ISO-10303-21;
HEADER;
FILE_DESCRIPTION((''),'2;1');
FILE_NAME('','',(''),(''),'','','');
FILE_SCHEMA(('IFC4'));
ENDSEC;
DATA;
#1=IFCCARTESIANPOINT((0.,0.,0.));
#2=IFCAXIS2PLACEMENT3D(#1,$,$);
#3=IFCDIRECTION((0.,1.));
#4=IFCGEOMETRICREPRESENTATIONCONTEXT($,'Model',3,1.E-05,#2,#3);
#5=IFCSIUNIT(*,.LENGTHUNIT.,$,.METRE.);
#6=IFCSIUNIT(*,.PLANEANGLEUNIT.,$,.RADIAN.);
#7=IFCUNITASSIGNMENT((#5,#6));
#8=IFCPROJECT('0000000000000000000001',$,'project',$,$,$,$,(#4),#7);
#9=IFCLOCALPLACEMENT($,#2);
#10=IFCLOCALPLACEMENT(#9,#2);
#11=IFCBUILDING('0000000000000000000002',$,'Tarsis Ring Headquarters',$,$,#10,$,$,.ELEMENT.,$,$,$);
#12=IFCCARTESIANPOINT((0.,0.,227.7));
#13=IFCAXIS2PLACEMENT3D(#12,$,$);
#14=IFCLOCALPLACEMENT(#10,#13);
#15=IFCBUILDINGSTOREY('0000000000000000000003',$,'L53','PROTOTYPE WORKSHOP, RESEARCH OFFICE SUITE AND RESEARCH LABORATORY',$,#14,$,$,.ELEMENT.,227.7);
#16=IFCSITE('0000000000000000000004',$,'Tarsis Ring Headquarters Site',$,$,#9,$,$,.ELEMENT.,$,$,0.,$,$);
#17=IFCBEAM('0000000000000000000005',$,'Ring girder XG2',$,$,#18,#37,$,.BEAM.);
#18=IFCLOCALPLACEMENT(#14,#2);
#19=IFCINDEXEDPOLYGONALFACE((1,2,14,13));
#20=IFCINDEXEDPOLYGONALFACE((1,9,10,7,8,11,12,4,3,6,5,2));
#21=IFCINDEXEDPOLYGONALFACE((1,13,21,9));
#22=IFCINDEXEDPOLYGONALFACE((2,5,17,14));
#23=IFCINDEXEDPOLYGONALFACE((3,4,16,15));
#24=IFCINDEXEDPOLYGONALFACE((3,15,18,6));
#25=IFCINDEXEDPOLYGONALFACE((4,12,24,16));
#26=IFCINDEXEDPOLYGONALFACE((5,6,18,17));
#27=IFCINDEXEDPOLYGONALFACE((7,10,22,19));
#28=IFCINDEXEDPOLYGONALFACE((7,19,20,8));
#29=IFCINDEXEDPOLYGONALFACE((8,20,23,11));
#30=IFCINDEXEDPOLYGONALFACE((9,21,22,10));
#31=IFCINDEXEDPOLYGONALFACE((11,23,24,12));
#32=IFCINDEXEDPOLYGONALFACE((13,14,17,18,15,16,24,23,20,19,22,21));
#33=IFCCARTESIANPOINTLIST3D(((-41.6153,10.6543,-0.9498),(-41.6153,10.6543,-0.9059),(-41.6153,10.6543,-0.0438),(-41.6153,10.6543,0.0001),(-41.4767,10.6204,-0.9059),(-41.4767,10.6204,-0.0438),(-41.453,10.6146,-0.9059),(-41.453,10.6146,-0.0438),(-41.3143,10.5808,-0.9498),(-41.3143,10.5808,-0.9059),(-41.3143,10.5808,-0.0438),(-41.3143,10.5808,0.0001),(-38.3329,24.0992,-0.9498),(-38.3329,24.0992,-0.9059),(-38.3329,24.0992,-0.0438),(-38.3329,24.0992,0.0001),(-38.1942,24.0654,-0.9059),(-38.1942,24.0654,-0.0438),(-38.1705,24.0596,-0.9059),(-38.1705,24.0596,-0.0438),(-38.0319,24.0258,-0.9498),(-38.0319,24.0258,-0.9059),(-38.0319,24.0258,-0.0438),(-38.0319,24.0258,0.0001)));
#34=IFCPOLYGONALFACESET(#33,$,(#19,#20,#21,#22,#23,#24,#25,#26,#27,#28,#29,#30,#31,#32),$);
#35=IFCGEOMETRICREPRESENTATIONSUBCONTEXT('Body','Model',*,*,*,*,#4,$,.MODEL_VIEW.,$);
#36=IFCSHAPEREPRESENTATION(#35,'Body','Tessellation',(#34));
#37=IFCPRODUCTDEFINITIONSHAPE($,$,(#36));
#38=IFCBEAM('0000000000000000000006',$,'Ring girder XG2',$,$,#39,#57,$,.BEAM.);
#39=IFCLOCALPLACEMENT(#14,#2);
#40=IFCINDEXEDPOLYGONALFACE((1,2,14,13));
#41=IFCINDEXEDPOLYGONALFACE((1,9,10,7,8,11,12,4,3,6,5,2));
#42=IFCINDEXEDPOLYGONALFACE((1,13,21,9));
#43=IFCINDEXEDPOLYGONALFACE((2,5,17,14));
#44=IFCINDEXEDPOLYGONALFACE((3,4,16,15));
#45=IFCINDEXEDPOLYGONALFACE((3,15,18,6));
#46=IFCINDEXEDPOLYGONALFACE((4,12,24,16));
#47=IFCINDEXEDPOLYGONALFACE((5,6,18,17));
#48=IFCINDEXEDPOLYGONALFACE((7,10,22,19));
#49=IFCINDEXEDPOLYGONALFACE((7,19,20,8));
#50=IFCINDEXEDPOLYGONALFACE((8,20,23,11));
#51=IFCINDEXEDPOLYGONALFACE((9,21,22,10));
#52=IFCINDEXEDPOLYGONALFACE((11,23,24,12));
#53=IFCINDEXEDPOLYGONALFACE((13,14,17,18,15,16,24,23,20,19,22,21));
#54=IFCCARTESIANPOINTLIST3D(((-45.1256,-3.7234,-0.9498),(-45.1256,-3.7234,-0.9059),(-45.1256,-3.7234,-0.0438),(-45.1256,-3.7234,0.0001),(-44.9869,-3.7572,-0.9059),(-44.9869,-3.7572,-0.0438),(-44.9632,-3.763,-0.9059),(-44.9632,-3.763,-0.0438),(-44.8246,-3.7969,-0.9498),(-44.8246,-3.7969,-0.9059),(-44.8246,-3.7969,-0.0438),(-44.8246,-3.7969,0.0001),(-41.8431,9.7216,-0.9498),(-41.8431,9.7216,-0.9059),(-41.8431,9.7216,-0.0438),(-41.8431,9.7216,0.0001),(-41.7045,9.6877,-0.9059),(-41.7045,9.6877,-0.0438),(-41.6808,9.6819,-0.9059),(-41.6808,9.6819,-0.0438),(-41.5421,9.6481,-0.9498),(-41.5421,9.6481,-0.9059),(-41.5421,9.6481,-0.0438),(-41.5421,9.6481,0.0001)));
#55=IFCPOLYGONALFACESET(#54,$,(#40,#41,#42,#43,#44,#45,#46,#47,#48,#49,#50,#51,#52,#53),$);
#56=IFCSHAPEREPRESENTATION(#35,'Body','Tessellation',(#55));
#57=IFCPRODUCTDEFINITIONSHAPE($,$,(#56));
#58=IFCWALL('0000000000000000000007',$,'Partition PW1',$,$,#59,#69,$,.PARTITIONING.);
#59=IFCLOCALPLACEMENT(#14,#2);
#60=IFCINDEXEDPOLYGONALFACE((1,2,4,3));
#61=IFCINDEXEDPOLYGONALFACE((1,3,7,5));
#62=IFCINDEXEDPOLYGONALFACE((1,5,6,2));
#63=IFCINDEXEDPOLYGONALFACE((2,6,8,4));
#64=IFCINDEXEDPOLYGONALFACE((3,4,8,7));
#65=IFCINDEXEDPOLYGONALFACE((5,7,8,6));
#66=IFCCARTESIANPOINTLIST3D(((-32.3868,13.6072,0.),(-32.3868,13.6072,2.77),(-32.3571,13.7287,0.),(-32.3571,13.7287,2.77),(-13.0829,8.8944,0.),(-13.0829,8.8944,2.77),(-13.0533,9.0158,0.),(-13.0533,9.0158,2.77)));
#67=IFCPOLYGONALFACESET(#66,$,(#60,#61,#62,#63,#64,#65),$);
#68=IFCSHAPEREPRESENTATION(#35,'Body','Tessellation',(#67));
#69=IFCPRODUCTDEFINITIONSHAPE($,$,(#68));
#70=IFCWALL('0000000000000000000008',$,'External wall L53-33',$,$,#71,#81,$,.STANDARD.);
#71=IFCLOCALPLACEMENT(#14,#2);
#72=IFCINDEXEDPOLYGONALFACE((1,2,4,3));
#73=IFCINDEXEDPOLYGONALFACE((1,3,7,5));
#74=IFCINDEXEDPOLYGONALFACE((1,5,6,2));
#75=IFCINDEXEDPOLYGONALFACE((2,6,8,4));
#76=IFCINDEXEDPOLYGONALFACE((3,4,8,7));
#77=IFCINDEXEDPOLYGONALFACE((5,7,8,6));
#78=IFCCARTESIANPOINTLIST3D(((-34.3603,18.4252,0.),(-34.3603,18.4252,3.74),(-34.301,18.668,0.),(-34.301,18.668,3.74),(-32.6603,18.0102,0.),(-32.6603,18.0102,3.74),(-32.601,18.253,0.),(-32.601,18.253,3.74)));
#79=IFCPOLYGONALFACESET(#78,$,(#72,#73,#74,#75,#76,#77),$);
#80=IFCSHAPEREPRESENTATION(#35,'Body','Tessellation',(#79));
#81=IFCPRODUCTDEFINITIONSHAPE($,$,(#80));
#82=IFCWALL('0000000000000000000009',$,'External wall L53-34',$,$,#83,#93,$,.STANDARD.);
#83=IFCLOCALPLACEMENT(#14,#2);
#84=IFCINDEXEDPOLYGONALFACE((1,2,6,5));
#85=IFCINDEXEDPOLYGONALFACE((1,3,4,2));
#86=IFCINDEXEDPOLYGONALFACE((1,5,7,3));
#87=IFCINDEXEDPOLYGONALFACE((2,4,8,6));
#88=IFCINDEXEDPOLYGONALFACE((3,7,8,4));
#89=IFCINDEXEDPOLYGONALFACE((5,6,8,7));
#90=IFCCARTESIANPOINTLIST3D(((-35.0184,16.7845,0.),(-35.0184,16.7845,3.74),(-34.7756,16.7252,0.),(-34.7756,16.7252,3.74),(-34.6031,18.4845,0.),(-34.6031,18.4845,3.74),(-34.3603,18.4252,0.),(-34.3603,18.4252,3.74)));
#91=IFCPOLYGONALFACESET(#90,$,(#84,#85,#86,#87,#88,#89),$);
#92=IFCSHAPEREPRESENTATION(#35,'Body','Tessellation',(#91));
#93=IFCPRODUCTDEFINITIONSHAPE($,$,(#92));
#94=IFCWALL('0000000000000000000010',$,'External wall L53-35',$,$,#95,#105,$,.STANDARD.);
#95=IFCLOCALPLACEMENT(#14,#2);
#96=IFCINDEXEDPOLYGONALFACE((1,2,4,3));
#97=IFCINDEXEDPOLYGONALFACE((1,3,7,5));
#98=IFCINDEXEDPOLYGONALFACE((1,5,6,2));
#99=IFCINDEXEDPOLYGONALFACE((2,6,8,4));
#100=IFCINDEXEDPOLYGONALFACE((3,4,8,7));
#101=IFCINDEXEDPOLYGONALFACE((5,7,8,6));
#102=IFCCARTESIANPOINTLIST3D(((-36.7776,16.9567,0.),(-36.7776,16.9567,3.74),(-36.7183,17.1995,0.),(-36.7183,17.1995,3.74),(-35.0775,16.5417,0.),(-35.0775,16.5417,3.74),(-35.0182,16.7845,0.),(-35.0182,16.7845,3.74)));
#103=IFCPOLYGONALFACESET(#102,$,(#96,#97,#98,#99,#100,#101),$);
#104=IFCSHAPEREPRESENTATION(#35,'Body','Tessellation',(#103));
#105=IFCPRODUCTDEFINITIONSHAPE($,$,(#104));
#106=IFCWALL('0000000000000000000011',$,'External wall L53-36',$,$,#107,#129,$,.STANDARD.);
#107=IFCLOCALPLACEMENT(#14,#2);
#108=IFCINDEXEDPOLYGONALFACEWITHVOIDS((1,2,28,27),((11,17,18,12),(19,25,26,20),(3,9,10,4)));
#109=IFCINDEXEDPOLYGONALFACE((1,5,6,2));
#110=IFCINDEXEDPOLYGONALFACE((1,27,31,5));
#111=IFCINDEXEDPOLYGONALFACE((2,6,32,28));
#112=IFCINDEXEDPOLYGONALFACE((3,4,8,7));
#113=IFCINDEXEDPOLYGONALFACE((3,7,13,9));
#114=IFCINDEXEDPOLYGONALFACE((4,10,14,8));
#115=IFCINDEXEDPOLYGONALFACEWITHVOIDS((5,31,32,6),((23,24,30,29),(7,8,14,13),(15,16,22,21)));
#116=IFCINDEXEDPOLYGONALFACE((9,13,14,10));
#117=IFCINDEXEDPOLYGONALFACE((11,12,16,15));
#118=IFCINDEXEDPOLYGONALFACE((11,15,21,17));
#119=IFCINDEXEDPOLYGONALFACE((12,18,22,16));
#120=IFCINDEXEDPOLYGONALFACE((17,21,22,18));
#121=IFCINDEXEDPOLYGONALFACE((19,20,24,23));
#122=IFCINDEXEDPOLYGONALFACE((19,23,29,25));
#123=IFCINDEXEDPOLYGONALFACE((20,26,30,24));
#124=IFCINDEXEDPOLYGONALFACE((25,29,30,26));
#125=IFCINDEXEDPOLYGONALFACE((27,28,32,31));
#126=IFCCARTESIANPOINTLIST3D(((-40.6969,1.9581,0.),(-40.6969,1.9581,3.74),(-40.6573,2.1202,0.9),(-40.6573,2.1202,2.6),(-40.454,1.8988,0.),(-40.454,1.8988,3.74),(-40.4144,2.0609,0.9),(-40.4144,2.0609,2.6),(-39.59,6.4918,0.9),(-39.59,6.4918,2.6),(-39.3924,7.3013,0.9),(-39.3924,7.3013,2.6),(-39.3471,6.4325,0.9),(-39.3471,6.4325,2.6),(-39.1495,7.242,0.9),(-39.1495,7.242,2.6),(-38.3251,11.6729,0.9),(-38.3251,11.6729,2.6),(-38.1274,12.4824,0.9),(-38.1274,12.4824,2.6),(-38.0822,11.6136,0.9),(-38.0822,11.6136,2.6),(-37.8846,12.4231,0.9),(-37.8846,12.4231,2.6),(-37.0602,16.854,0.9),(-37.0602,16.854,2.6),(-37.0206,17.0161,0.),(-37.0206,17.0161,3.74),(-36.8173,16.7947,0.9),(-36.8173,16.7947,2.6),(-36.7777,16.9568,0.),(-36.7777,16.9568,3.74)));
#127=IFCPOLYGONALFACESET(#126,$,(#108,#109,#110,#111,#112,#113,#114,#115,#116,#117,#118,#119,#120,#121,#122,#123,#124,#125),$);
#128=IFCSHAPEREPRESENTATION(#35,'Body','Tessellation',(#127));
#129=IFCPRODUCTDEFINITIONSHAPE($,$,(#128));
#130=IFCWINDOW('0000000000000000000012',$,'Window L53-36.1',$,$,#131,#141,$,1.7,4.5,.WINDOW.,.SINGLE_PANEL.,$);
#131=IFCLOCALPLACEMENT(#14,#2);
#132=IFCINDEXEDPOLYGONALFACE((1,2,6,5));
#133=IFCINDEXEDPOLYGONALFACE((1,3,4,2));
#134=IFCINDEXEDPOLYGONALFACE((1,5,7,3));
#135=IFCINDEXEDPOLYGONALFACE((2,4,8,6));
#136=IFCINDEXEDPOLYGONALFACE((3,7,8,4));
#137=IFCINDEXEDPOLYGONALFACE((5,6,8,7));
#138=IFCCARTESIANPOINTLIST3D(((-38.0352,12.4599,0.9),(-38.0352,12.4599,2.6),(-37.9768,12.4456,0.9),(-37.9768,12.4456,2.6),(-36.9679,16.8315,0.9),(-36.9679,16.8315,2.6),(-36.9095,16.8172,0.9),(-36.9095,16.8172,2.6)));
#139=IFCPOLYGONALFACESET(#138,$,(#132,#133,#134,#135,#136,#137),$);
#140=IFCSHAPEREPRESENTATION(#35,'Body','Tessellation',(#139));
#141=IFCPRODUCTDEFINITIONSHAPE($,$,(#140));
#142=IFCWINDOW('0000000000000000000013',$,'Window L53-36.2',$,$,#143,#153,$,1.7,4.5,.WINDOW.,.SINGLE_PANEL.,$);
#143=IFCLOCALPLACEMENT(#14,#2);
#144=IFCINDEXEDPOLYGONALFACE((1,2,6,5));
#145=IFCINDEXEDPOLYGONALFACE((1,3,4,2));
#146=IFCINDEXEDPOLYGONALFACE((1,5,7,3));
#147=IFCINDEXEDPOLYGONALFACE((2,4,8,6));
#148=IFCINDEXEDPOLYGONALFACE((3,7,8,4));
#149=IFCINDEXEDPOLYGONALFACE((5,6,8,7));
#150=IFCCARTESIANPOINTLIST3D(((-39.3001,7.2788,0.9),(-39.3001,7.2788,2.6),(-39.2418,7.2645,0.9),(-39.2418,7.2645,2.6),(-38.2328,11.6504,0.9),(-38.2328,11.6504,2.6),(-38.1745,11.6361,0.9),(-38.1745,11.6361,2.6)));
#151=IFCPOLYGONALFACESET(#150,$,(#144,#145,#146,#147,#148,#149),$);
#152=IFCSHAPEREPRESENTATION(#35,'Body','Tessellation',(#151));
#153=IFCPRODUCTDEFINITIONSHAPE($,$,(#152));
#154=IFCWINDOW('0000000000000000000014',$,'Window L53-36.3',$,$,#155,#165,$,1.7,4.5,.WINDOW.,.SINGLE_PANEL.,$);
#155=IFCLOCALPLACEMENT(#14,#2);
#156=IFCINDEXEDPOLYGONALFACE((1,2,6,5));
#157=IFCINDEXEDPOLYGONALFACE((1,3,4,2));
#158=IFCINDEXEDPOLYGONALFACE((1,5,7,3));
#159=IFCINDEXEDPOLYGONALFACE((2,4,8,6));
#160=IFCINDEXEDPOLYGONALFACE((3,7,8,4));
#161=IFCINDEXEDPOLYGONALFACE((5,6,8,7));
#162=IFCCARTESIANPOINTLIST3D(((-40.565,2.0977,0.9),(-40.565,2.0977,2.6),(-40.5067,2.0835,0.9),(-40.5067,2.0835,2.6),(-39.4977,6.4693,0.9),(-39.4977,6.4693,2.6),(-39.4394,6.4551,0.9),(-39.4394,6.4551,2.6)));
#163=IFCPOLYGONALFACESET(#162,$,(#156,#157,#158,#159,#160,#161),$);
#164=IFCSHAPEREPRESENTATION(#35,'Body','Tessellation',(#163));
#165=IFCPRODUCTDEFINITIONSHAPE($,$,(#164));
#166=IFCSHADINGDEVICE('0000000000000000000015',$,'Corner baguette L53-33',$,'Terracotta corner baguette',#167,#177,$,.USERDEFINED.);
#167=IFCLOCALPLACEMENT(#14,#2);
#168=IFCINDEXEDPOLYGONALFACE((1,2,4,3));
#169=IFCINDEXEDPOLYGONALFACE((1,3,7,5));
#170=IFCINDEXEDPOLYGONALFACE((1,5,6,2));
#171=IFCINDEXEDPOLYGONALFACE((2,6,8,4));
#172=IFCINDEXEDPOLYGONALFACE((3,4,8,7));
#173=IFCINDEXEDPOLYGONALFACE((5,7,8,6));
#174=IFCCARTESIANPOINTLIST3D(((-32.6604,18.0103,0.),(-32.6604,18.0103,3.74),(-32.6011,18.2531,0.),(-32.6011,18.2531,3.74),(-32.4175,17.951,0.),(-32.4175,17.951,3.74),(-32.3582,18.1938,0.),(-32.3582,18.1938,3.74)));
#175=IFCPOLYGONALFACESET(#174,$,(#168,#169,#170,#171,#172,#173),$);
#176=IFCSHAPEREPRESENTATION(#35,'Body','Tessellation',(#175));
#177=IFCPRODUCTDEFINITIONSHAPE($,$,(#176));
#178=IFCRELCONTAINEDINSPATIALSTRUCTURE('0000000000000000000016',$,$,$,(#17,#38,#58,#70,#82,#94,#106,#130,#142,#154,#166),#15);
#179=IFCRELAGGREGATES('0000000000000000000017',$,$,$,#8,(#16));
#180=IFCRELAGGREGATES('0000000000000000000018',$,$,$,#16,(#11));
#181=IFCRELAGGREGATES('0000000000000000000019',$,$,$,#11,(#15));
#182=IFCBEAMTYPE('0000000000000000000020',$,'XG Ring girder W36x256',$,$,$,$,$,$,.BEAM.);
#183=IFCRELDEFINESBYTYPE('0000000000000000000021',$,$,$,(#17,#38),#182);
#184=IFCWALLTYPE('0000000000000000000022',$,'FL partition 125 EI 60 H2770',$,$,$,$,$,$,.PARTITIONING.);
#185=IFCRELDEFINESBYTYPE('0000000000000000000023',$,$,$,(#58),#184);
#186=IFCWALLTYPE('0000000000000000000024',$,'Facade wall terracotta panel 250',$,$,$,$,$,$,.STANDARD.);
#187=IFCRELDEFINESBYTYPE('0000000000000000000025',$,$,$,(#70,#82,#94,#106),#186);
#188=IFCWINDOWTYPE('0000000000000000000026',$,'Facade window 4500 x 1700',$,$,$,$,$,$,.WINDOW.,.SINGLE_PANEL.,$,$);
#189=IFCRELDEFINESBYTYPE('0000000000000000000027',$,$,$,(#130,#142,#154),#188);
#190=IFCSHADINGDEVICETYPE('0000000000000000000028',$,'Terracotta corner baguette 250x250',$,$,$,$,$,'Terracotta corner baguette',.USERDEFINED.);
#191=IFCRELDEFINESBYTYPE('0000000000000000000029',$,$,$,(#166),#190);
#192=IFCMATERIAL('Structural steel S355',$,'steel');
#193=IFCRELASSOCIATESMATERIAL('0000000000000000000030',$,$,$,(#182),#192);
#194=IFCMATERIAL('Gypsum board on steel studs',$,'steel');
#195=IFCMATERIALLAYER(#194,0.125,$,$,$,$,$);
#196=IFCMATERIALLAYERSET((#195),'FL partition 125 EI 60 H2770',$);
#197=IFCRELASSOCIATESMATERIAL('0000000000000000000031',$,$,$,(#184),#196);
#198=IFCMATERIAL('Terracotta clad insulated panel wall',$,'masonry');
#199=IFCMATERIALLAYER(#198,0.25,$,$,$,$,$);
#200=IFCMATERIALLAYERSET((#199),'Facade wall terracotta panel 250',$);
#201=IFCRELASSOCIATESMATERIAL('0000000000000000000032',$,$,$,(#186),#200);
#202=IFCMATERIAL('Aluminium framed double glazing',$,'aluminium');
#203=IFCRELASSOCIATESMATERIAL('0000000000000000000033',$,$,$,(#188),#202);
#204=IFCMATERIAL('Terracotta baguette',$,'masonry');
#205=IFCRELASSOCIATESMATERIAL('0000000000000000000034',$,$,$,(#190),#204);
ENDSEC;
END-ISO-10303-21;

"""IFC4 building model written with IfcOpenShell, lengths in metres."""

from ifc_helpers import new_model, si_unit, direction, frame, frame_2d, origin, origin_2d, place, context, subcontext, project, spatial, rectangle, i_section, extrude, material, layer, layer_set, material_profile, profile_set, type_object, element, fill, save


model = new_model("IFC4")

# Units and contexts
model_context = context("Model", 3, precision=1e-05, world=origin(), true_north=direction((0.0, 1.0)))
body_context = subcontext(model_context, "Body", "Model", "MODEL_VIEW")
ifc_project = project(units=[si_unit("LENGTHUNIT", "METRE"), si_unit("PLANEANGLEUNIT", "RADIAN")], contexts=[model_context])

# Site, building, storey
site_placement = place(None, origin())
site = spatial("IfcSite", under=ifc_project, at=site_placement, Name="Tarsis Ring Headquarters Site", CompositionType="ELEMENT", RefElevation=0.0)
building_placement = place(site_placement, origin())
building = spatial("IfcBuilding", under=site, at=building_placement, Name="Tarsis Ring Headquarters", CompositionType="ELEMENT")
storey_placement = place(building_placement, frame((0.0, 0.0, 227.7)))
storey = spatial("IfcBuildingStorey", under=building, at=storey_placement, Name="L53", Description="PROTOTYPE WORKSHOP, RESEARCH OFFICE SUITE AND RESEARCH LABORATORY", CompositionType="ELEMENT", Elevation=227.7)

# Shared definitions
ifc_material_1 = material(Name="Structural steel S355", Category="steel")

# Beams
ifc_material_profile_1 = material_profile(ifc_material_1, i_section(OverallWidth=0.3098, OverallDepth=0.95, WebThickness=0.0244, FlangeThickness=0.0439, at=origin_2d()), Name="W36x256")
ifc_profile_set_1 = profile_set([ifc_material_profile_1], Name="Structural steel S355")
beam_type_1 = type_object("IfcBeamType", Name="XG Ring girder W36x256", PredefinedType="BEAM", material=ifc_profile_set_1)
for number, where, z_axis, x_axis, name in (
    (1, (-38.1824, 24.0625, -0.4749), (-0.237173, -0.971467, 0.0), (0.971467, -0.237173, 0.0), "Ring girder XG2"),
    (2, (-41.6926, 9.6848, -0.4749), (-0.237173, -0.971467, 0.0), (0.971467, -0.237173, 0.0), "Ring girder XG2"),
):
    element("IfcBeam", number, at=place(storey_placement, frame(where, z_axis=z_axis, x_axis=x_axis)), inside=storey, type_object=beam_type_1, Name=name, PredefinedType="BEAM", context=body_context, shape_type="SweptSolid", body=[
        extrude(i_section(OverallWidth=0.3098, OverallDepth=0.95, WebThickness=0.0244, FlangeThickness=0.0439, at=origin_2d()), origin(), (0.0, 0.0, 1.0), 13.8398),
    ])

# Walls
ifc_material_2 = material(Name="Gypsum board on steel studs", Category="steel")
ifc_layer_1 = layer(ifc_material_2, 0.125)
ifc_layer_set_1 = layer_set([ifc_layer_1], Name="FL partition 125 EI 60 H2770")
wall_type_1 = type_object("IfcWallType", Name="FL partition 125 EI 60 H2770", PredefinedType="PARTITIONING", material=ifc_layer_set_1)
wall_1_placement = place(storey_placement, frame((-32.3721, 13.668, 0.0), z_axis=(0.0, 0.0, 1.0), x_axis=(0.971467, -0.237175, 0.0)))
element("IfcWall", 3, at=wall_1_placement, inside=storey, type_object=wall_type_1, Name="Partition PW1", PredefinedType="PARTITIONING", context=body_context, shape_type="SweptSolid", body=[
    extrude(rectangle(XDim=19.8708, YDim=0.125, at=frame_2d((9.9355, 0.0))), origin(), (0.0, 0.0, 1.0), 2.77),
])
ifc_material_3 = material(Name="Terracotta clad insulated panel wall", Category="masonry")
ifc_layer_2 = layer(ifc_material_3, 0.25)
ifc_layer_set_2 = layer_set([ifc_layer_2], Name="Facade wall terracotta panel 250")
wall_type_2 = type_object("IfcWallType", Name="Facade wall terracotta panel 250", PredefinedType="STANDARD", material=ifc_layer_set_2)
for number, where, z_axis, x_axis, name in (
    (4, (-32.6306, 18.1316, 0.0), (0.0, 0.0, 1.0), (-0.971473, 0.237149, 0.0), "External wall L53-33"),
    (5, (-34.4817, 18.4548, 0.0), (0.0, 0.0, 1.0), (-0.237313, -0.971433, 0.0), "External wall L53-34"),
    (6, (-35.0479, 16.6631, 0.0), (0.0, 0.0, 1.0), (-0.971473, 0.237149, 0.0), "External wall L53-35"),
):
    element("IfcWall", number, at=place(storey_placement, frame(where, z_axis=z_axis, x_axis=x_axis)), inside=storey, type_object=wall_type_2, Name=name, PredefinedType="STANDARD", context=body_context, shape_type="SweptSolid", body=[
        extrude(rectangle(XDim=1.75, YDim=0.25, at=frame_2d((0.875, 0.0))), origin(), (0.0, 0.0, 1.0), 3.74),
    ])

# Wall, openings, windows
wall_2_placement = place(storey_placement, frame((-36.8992, 16.9863, 0.0), z_axis=(0.0, 0.0, 1.0), x_axis=(-0.237177, -0.971467, 0.0)))
wall_2 = element("IfcWall", 7, at=wall_2_placement, inside=storey, type_object=wall_type_2, Name="External wall L53-36", PredefinedType="STANDARD", context=body_context, shape_type="SweptSolid", body=[
    extrude(rectangle(XDim=15.5002, YDim=0.25, at=frame_2d((7.75, 0.0))), origin(), (0.0, 0.0, 1.0), 3.74),
])
opening_1_placement = place(wall_2_placement, frame((0.1667, 0.0, 0.8999)))
opening_1 = element("IfcOpeningElement", 8, at=opening_1_placement, cuts=wall_2, PredefinedType="OPENING", context=body_context, shape_type="SweptSolid", body=[
    extrude(rectangle(XDim=4.5, YDim=1.7, at=frame_2d((2.25, 0.8501))), frame((0.0, 0.135, 0.0), z_axis=(0.0, -1.0, 0.0), x_axis=(1.0, 0.0, 0.0)), (0.0, 0.0, 1.0), 0.27),
])
opening_2_placement = place(wall_2_placement, frame((5.5, 0.0, 0.8999)))
opening_2 = element("IfcOpeningElement", 9, at=opening_2_placement, cuts=wall_2, PredefinedType="OPENING", context=body_context, shape_type="SweptSolid", body=[
    extrude(rectangle(XDim=4.5, YDim=1.7, at=frame_2d((2.25, 0.8501))), frame((0.0, 0.135, 0.0), z_axis=(0.0, -1.0, 0.0), x_axis=(1.0, 0.0, 0.0)), (0.0, 0.0, 1.0), 0.27),
])
opening_3_placement = place(wall_2_placement, frame((10.8333, 0.0, 0.8999)))
opening_3 = element("IfcOpeningElement", 10, at=opening_3_placement, cuts=wall_2, PredefinedType="OPENING", context=body_context, shape_type="SweptSolid", body=[
    extrude(rectangle(XDim=4.5, YDim=1.7, at=frame_2d((2.25, 0.8501))), frame((0.0, 0.135, 0.0), z_axis=(0.0, -1.0, 0.0), x_axis=(1.0, 0.0, 0.0)), (0.0, 0.0, 1.0), 0.27),
])
ifc_material_4 = material(Name="Aluminium framed double glazing", Category="aluminium")
window_type = type_object("IfcWindowType", Name="Facade window 4500 x 1700", PartitioningType="SINGLE_PANEL", PredefinedType="WINDOW", material=ifc_material_4)
window_1_placement = place(opening_1_placement, origin())
window_1 = element("IfcWindow", 11, at=window_1_placement, inside=storey, type_object=window_type, Name="Window L53-36.1", OverallHeight=1.7, OverallWidth=4.5, PartitioningType="SINGLE_PANEL", PredefinedType="WINDOW", context=body_context, shape_type="SweptSolid", body=[
    extrude(rectangle(XDim=4.5, YDim=1.7, at=frame_2d((2.25, 0.8501))), frame((0.0, 0.03, 0.0), z_axis=(0.0, -1.0, 0.0), x_axis=(1.0, 0.0, 0.0)), (0.0, 0.0, 1.0), 0.0601),
])
fill(opening_1, window_1)
window_2_placement = place(opening_2_placement, origin())
window_2 = element("IfcWindow", 12, at=window_2_placement, inside=storey, type_object=window_type, Name="Window L53-36.2", OverallHeight=1.7, OverallWidth=4.5, PartitioningType="SINGLE_PANEL", PredefinedType="WINDOW", context=body_context, shape_type="SweptSolid", body=[
    extrude(rectangle(XDim=4.5, YDim=1.7, at=frame_2d((2.25, 0.8501))), frame((0.0, 0.03, 0.0), z_axis=(0.0, -1.0, 0.0), x_axis=(1.0, 0.0, 0.0)), (0.0, 0.0, 1.0), 0.0601),
])
fill(opening_2, window_2)
window_3_placement = place(opening_3_placement, origin())
window_3 = element("IfcWindow", 13, at=window_3_placement, inside=storey, type_object=window_type, Name="Window L53-36.3", OverallHeight=1.7, OverallWidth=4.5, PartitioningType="SINGLE_PANEL", PredefinedType="WINDOW", context=body_context, shape_type="SweptSolid", body=[
    extrude(rectangle(XDim=4.5, YDim=1.7, at=frame_2d((2.25, 0.8501))), frame((0.0, 0.03, 0.0), z_axis=(0.0, -1.0, 0.0), x_axis=(1.0, 0.0, 0.0)), (0.0, 0.0, 1.0), 0.0601),
])
fill(opening_3, window_3)

# Shading device
ifc_material_5 = material(Name="Terracotta baguette", Category="masonry")
shading_device_type_1 = type_object("IfcShadingDeviceType", Name="Terracotta corner baguette 250x250", ElementType="Terracotta corner baguette", PredefinedType="USERDEFINED", material=ifc_material_5)
for number, where, z_axis, x_axis, name in (
    (14, (-32.5093, 18.1021, 0.0), (0.0, 0.0, 1.0), (-0.237177, -0.971466, 0.0), "Corner baguette L53-33"),
):
    element("IfcShadingDevice", number, at=place(storey_placement, frame(where, z_axis=z_axis, x_axis=x_axis)), inside=storey, type_object=shading_device_type_1, Name=name, ObjectType="Terracotta corner baguette", PredefinedType="USERDEFINED", context=body_context, shape_type="SweptSolid", body=[
        extrude(rectangle(XDim=0.25, YDim=0.25, at=origin_2d()), origin(), (0.0, 0.0, 1.0), 3.74),
    ])

save(model, "model.ifc")
